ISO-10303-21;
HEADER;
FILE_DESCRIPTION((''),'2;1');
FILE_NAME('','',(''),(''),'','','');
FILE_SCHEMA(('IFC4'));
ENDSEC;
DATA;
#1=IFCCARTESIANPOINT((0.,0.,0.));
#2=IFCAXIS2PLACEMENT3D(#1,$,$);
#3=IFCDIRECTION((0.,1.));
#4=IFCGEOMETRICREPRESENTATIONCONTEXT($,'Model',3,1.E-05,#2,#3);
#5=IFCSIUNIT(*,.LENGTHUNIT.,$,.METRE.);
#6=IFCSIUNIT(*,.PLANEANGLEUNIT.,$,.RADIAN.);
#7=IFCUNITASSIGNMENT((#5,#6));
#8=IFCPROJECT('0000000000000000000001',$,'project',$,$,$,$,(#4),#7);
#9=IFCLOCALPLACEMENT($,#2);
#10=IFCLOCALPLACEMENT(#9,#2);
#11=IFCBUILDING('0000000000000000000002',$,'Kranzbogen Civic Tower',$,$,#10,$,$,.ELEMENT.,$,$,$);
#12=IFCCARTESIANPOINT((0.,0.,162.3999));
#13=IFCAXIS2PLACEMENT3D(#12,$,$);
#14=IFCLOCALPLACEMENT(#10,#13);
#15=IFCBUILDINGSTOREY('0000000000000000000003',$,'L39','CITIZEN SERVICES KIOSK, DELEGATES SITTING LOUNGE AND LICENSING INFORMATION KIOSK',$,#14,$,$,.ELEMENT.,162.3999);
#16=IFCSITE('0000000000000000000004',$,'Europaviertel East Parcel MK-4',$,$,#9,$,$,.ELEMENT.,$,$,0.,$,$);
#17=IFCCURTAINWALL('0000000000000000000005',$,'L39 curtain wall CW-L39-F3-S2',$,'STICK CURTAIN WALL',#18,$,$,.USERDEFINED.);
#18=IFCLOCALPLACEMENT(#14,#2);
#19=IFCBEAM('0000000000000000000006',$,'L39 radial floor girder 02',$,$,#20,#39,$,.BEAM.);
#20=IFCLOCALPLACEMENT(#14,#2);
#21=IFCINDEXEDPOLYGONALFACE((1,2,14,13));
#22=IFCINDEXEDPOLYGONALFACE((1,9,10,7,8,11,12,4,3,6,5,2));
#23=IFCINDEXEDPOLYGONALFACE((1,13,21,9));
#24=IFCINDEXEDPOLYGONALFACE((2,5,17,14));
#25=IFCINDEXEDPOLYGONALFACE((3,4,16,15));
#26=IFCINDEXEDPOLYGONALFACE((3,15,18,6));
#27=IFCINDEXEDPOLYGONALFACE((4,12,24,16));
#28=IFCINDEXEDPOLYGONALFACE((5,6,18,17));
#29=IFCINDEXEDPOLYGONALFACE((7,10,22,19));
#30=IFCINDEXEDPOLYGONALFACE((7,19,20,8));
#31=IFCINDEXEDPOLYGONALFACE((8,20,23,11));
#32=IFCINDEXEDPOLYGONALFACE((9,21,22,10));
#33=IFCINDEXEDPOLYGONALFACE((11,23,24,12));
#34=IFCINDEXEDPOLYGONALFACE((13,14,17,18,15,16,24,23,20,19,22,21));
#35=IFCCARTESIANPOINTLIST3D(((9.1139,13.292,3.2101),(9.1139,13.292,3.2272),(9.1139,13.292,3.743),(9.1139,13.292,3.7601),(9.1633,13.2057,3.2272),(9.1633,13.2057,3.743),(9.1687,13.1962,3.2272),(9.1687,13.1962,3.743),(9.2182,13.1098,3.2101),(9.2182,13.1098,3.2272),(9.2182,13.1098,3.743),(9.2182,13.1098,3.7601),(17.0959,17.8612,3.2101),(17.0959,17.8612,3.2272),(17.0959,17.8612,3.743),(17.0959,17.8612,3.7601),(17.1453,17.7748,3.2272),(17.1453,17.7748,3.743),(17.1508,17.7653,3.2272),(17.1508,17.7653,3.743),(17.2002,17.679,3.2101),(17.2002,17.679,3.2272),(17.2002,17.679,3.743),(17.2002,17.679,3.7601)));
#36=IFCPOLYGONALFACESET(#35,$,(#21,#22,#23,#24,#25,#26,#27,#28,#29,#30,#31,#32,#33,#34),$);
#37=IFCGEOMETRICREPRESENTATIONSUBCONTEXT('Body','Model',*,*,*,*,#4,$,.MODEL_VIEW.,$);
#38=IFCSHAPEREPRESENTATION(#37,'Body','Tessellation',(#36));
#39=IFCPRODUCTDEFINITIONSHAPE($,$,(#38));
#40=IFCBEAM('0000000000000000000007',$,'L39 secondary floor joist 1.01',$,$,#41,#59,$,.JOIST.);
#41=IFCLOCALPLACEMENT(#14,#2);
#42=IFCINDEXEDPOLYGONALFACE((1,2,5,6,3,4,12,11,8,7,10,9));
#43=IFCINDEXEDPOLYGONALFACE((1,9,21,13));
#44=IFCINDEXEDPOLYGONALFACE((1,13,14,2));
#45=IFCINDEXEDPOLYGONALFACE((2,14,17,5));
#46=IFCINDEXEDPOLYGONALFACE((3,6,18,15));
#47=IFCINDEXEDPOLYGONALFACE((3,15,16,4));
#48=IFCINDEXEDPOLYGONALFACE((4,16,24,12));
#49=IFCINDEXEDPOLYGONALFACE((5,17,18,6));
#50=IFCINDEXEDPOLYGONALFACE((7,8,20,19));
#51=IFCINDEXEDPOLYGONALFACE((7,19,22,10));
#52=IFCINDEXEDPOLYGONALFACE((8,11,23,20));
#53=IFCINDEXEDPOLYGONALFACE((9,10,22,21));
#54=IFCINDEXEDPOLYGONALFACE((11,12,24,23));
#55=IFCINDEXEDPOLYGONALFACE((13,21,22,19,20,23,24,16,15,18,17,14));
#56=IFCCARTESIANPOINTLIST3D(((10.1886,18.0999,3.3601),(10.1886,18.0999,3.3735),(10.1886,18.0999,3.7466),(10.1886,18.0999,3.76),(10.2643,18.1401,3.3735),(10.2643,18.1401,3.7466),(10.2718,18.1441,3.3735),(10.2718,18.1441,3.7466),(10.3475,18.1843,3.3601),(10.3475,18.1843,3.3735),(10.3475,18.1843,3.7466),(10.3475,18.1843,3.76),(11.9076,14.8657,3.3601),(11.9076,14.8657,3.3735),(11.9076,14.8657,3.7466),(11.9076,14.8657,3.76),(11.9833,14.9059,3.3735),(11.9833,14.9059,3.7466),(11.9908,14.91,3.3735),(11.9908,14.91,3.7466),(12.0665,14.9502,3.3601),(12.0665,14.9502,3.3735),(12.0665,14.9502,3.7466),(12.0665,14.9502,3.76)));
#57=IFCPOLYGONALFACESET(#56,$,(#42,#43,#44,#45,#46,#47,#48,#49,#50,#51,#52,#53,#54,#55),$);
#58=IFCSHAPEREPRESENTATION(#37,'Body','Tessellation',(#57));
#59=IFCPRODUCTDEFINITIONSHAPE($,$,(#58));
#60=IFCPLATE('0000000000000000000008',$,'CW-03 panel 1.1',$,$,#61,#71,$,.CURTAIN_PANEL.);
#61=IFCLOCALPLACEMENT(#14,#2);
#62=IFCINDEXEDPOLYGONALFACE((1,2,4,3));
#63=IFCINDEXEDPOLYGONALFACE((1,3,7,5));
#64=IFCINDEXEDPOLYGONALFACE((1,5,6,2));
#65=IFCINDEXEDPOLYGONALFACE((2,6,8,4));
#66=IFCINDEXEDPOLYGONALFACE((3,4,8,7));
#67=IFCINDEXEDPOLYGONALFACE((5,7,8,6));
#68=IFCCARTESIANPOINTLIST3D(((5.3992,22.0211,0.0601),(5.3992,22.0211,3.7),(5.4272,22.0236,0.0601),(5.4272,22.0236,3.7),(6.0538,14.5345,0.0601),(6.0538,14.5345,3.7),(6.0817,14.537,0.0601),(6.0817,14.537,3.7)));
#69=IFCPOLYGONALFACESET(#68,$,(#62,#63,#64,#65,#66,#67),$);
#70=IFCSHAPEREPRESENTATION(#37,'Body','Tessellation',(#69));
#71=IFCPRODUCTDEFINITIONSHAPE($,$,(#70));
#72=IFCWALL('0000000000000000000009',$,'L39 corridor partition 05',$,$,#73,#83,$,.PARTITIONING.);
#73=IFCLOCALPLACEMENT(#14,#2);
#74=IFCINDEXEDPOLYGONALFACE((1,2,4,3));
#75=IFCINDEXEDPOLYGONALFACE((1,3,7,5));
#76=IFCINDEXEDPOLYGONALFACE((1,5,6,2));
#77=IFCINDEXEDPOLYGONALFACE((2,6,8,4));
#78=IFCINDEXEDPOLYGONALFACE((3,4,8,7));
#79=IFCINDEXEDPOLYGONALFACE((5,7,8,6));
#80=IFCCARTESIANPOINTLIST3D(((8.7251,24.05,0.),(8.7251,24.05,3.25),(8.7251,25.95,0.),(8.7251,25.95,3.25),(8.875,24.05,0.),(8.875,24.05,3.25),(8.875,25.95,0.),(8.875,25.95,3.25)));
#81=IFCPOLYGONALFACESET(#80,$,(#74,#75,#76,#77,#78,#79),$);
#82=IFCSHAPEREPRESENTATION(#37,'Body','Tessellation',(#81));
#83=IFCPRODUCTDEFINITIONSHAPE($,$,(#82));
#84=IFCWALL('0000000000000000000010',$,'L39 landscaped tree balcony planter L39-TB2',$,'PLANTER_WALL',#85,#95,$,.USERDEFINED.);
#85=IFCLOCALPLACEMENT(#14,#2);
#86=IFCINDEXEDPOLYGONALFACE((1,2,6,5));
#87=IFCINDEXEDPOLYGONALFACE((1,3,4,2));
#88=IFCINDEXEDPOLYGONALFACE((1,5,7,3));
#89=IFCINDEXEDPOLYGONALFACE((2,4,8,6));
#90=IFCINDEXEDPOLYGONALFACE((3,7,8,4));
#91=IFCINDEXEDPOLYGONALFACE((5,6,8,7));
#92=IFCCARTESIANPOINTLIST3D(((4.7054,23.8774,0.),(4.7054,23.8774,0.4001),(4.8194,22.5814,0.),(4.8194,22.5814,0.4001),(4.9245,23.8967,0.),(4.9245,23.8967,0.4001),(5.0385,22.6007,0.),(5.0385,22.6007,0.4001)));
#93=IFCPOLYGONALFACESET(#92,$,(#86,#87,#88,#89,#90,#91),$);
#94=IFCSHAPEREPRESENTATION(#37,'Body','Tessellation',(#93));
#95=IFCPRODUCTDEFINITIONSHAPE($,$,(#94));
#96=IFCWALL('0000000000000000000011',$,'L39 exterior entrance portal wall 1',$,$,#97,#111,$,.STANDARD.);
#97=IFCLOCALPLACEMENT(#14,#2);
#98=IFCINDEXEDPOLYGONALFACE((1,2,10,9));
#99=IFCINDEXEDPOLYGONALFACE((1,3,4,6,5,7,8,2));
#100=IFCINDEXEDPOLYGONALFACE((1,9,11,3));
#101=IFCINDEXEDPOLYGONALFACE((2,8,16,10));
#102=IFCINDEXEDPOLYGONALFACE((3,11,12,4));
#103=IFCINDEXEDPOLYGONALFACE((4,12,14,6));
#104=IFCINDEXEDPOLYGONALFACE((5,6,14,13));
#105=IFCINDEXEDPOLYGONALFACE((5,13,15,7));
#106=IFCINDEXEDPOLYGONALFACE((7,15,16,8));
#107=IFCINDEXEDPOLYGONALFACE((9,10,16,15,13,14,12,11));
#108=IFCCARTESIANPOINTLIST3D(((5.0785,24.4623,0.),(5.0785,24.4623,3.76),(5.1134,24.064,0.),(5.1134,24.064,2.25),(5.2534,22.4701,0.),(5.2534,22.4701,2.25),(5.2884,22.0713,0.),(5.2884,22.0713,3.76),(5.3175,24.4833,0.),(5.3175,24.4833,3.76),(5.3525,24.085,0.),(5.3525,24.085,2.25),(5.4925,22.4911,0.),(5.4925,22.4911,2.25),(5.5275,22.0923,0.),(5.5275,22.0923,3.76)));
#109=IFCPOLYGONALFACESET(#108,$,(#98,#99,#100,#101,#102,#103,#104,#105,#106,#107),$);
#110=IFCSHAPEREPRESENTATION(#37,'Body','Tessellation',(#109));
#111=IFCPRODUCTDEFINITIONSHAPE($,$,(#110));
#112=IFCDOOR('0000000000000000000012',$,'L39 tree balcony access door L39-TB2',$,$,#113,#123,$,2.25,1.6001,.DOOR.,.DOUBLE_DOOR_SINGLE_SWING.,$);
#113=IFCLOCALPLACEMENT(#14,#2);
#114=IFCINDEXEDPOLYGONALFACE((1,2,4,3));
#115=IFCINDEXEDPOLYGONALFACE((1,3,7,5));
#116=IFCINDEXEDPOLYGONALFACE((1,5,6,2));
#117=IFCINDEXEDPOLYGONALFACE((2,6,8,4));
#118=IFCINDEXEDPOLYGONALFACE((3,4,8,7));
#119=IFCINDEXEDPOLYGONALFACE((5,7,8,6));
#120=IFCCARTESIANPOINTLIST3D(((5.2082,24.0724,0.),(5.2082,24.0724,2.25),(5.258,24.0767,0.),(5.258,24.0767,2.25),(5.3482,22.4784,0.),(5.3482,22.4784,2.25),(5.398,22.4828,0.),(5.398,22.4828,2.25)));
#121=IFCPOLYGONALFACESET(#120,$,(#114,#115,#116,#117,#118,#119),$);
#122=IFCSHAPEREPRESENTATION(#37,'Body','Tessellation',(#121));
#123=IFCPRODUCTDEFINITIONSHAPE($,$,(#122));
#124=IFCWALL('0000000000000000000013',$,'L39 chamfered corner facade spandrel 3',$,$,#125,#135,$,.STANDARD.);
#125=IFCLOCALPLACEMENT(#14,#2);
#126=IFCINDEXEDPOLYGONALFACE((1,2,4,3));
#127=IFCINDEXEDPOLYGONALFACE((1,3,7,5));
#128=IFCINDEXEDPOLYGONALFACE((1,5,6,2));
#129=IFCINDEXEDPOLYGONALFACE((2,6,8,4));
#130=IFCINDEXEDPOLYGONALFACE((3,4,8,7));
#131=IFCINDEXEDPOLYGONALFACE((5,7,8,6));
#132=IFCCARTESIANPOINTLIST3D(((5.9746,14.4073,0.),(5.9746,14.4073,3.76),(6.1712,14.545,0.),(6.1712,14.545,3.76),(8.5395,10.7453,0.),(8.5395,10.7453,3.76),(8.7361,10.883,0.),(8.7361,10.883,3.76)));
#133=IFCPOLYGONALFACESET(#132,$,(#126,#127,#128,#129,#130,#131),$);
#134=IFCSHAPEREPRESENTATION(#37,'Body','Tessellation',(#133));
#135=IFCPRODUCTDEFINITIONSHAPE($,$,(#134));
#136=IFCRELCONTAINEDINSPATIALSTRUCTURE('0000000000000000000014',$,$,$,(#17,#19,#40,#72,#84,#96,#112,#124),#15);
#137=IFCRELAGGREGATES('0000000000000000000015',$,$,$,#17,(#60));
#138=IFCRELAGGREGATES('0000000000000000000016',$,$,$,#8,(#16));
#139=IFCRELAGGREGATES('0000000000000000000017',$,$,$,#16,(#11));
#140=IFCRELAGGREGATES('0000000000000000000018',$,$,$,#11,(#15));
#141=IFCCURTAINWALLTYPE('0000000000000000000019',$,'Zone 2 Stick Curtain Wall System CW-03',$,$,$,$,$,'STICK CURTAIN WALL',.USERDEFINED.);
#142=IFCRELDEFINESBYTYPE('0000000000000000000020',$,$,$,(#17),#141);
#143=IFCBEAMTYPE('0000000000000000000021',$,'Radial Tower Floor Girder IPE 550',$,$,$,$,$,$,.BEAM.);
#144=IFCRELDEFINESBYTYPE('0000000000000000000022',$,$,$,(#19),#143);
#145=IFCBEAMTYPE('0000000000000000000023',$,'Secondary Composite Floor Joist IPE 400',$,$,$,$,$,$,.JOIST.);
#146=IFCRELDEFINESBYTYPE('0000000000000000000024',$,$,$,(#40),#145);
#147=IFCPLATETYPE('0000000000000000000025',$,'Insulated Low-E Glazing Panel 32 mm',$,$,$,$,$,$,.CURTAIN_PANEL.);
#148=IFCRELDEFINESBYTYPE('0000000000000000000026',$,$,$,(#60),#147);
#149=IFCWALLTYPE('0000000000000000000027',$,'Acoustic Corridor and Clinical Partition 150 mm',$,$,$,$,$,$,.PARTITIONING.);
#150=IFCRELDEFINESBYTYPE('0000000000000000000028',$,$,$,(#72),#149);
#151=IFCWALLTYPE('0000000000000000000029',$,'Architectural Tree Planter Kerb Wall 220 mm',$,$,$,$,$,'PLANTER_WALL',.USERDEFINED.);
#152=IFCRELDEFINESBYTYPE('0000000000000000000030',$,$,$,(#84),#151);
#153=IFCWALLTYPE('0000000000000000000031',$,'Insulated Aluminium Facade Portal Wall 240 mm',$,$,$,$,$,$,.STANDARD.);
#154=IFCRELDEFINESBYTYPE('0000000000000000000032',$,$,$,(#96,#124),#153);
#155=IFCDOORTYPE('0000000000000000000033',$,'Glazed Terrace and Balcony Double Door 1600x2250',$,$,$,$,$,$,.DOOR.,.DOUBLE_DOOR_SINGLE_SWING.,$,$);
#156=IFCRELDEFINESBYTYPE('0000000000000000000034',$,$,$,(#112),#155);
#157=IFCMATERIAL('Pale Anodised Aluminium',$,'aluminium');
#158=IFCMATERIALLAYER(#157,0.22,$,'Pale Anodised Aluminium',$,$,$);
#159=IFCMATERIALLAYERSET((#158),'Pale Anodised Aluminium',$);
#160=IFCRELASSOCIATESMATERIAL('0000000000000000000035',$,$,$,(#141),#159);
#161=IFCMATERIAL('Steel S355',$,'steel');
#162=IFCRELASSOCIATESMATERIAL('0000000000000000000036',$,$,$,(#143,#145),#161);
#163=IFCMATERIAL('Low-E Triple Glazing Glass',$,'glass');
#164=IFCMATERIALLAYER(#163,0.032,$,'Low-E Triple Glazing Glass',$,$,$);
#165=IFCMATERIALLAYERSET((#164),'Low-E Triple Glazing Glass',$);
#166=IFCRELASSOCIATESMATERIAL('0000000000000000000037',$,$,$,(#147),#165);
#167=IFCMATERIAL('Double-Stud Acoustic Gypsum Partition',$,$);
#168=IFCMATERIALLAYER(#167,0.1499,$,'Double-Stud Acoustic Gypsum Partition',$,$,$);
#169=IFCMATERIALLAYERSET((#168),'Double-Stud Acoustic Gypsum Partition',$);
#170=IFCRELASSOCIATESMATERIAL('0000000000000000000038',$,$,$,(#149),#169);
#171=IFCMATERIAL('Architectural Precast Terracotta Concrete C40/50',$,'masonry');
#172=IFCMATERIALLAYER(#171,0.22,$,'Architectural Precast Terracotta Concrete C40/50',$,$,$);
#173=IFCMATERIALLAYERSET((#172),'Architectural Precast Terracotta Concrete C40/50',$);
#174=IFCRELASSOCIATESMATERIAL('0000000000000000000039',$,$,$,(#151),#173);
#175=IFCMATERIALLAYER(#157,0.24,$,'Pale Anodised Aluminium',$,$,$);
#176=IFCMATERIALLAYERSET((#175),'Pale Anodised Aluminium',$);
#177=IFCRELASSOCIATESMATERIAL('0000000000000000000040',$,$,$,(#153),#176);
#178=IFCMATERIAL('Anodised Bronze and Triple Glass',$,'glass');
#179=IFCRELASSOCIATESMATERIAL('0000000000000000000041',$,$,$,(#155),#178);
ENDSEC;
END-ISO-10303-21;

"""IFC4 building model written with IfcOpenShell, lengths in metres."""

from ifc_helpers import new_model, si_unit, direction, frame, frame_2d, origin, origin_2d, place, context, subcontext, project, spatial, rectangle, i_section, extrude, material, layer, layer_set, material_profile, profile_set, type_object, element, fill, aggregate, save


model = new_model("IFC4")

# Units and contexts
model_context = context("Model", 3, precision=1e-05, world=origin(), true_north=direction((0.0, 1.0)))
body_context = subcontext(model_context, "Body", "Model", "MODEL_VIEW")
ifc_project = project(units=[si_unit("LENGTHUNIT", "METRE"), si_unit("PLANEANGLEUNIT", "RADIAN")], contexts=[model_context])

# Site, building, storey
site_placement = place(None, origin())
site = spatial("IfcSite", under=ifc_project, at=site_placement, Name="Europaviertel East Parcel MK-4", CompositionType="ELEMENT", RefElevation=0.0)
building_placement = place(site_placement, origin())
building = spatial("IfcBuilding", under=site, at=building_placement, Name="Kranzbogen Civic Tower", CompositionType="ELEMENT")
storey_placement = place(building_placement, frame((0.0, 0.0, 162.3999)))
storey = spatial("IfcBuildingStorey", under=building, at=storey_placement, Name="L39", Description="CITIZEN SERVICES KIOSK, DELEGATES SITTING LOUNGE AND LICENSING INFORMATION KIOSK", CompositionType="ELEMENT", Elevation=162.3999)

# Shared definitions
ifc_material_1 = material(Name="Steel S355", Category="steel")

# Shared definitions
ifc_material_2 = material(Name="Pale Anodised Aluminium", Category="aluminium")
ifc_layer_1 = layer(ifc_material_2, 0.22, Name="Pale Anodised Aluminium")
ifc_layer_set_1 = layer_set([ifc_layer_1], Name="Pale Anodised Aluminium")
curtain_wall_type = type_object("IfcCurtainWallType", Name="Zone 2 Stick Curtain Wall System CW-03", ElementType="STICK CURTAIN WALL", PredefinedType="USERDEFINED", material=ifc_layer_set_1)

# Curtain wall
curtain_wall_1_placement = place(storey_placement, origin())
curtain_wall_1 = element("IfcCurtainWall", 1, at=curtain_wall_1_placement, inside=storey, type_object=curtain_wall_type, Name="L39 curtain wall CW-L39-F3-S2", ObjectType="STICK CURTAIN WALL", PredefinedType="USERDEFINED")

# Beams
ifc_material_profile_1 = material_profile(ifc_material_1, i_section(OverallWidth=0.21, OverallDepth=0.55, WebThickness=0.011, FlangeThickness=0.0171, at=origin_2d()), Name="IPE 550")
ifc_profile_set_1 = profile_set([ifc_material_profile_1], Name="Steel S355")
beam_type_1 = type_object("IfcBeamType", Name="Radial Tower Floor Girder IPE 550", PredefinedType="BEAM", material=ifc_profile_set_1)
beam_1_placement = place(storey_placement, frame((9.166, 13.2009, 3.4851), z_axis=(0.867869, 0.496793, 0.0), x_axis=(-0.496793, 0.867869, 0.0)))
element("IfcBeam", 2, at=beam_1_placement, inside=storey, type_object=beam_type_1, Name="L39 radial floor girder 02", PredefinedType="BEAM", context=body_context, shape_type="SweptSolid", body=[
    extrude(i_section(OverallWidth=0.21, OverallDepth=0.55, WebThickness=0.011, FlangeThickness=0.0171, at=origin_2d()), origin(), (0.0, 0.0, 1.0), 9.1973),
])
ifc_material_profile_2 = material_profile(ifc_material_1, i_section(OverallWidth=0.1799, OverallDepth=0.3999, WebThickness=0.0085, FlangeThickness=0.0134, at=origin_2d()), Name="IPE 400")
ifc_profile_set_2 = profile_set([ifc_material_profile_2], Name="Steel S355")
beam_type_2 = type_object("IfcBeamType", Name="Secondary Composite Floor Joist IPE 400", PredefinedType="JOIST", material=ifc_profile_set_2)
beam_2_placement = place(storey_placement, frame((10.2681, 18.1421, 3.5601), z_axis=(0.469339, -0.883018, 0.0), x_axis=(0.883018, 0.469339, 0.0)))
element("IfcBeam", 3, at=beam_2_placement, inside=storey, type_object=beam_type_2, Name="L39 secondary floor joist 1.01", PredefinedType="JOIST", context=body_context, shape_type="SweptSolid", body=[
    extrude(i_section(OverallWidth=0.1799, OverallDepth=0.3999, WebThickness=0.0085, FlangeThickness=0.0134, at=origin_2d()), origin(), (0.0, 0.0, 1.0), 3.6626),
])

# Plate
ifc_material_3 = material(Name="Low-E Triple Glazing Glass", Category="glass")
ifc_layer_2 = layer(ifc_material_3, 0.032, Name="Low-E Triple Glazing Glass")
ifc_layer_set_2 = layer_set([ifc_layer_2], Name="Low-E Triple Glazing Glass")
plate_type = type_object("IfcPlateType", Name="Insulated Low-E Glazing Panel 32 mm", PredefinedType="CURTAIN_PANEL", material=ifc_layer_set_2)
plate_placement = place(storey_placement, frame((5.7405, 18.2791, 0.0601), z_axis=(0.0, 0.0, 1.0), x_axis=(0.087099, -0.9962, 0.0)))
plate = element("IfcPlate", 4, at=plate_placement, type_object=plate_type, Name="CW-03 panel 1.1", PredefinedType="CURTAIN_PANEL", context=body_context, shape_type="SweptSolid", body=[
    extrude(rectangle(XDim=7.5151, YDim=0.0281, at=origin_2d()), origin(), (0.0, 0.0, 1.0), 3.6399),
])
aggregate(curtain_wall_1, [plate])

# Walls
ifc_material_4 = material(Name="Double-Stud Acoustic Gypsum Partition")
ifc_layer_3 = layer(ifc_material_4, 0.1499, Name="Double-Stud Acoustic Gypsum Partition")
ifc_layer_set_3 = layer_set([ifc_layer_3], Name="Double-Stud Acoustic Gypsum Partition")
wall_type_1 = type_object("IfcWallType", Name="Acoustic Corridor and Clinical Partition 150 mm", PredefinedType="PARTITIONING", material=ifc_layer_set_3)
wall_1_placement = place(storey_placement, frame((8.8, 24.05, 0.0), z_axis=(0.0, 0.0, 1.0), x_axis=(0.0, 1.0, 0.0)))
element("IfcWall", 5, at=wall_1_placement, inside=storey, type_object=wall_type_1, Name="L39 corridor partition 05", PredefinedType="PARTITIONING", context=body_context, shape_type="SweptSolid", body=[
    extrude(rectangle(XDim=1.8999, YDim=0.1499, at=frame_2d((0.95, 0.0))), origin(), (0.0, 0.0, 1.0), 3.25),
])
ifc_material_5 = material(Name="Architectural Precast Terracotta Concrete C40/50", Category="masonry")
ifc_layer_4 = layer(ifc_material_5, 0.22, Name="Architectural Precast Terracotta Concrete C40/50")
ifc_layer_set_4 = layer_set([ifc_layer_4], Name="Architectural Precast Terracotta Concrete C40/50")
wall_type_2 = type_object("IfcWallType", Name="Architectural Tree Planter Kerb Wall 220 mm", ElementType="PLANTER_WALL", PredefinedType="USERDEFINED", material=ifc_layer_set_4)
wall_2_placement = place(storey_placement, frame((4.8149, 23.887, 0.0), z_axis=(0.0, 0.0, 1.0), x_axis=(0.087642, -0.996152, 0.0)))
element("IfcWall", 6, at=wall_2_placement, inside=storey, type_object=wall_type_2, Name="L39 landscaped tree balcony planter L39-TB2", ObjectType="PLANTER_WALL", PredefinedType="USERDEFINED", context=body_context, shape_type="SweptSolid", body=[
    extrude(rectangle(XDim=1.301, YDim=0.22, at=frame_2d((0.6504, 0.0))), origin(), (0.0, 0.0, 1.0), 0.4001),
])

# Wall, opening, door
ifc_layer_5 = layer(ifc_material_2, 0.24, Name="Pale Anodised Aluminium")
ifc_layer_set_5 = layer_set([ifc_layer_5], Name="Pale Anodised Aluminium")
wall_type_3 = type_object("IfcWallType", Name="Insulated Aluminium Facade Portal Wall 240 mm", PredefinedType="STANDARD", material=ifc_layer_set_5)
wall_3_placement = place(storey_placement, frame((5.198, 24.4729, 0.0), z_axis=(0.0, 0.0, 1.0), x_axis=(0.087481, -0.996166, 0.0)))
wall_3 = element("IfcWall", 7, at=wall_3_placement, inside=storey, type_object=wall_type_3, Name="L39 exterior entrance portal wall 1", PredefinedType="STANDARD", context=body_context, shape_type="SweptSolid", body=[
    extrude(rectangle(XDim=2.4001, YDim=0.24, at=frame_2d((1.2002, 0.0))), origin(), (0.0, 0.0, 1.0), 3.76),
])
opening_placement = place(wall_3_placement, frame((0.3999, 0.0, 0.0)))
opening = element("IfcOpeningElement", 8, at=opening_placement, cuts=wall_3, PredefinedType="OPENING", context=body_context, shape_type="SweptSolid", body=[
    extrude(rectangle(XDim=1.6001, YDim=2.25, at=frame_2d((0.8, 1.125))), frame((0.0, 0.1299, 0.0), z_axis=(0.0, -1.0, 0.0), x_axis=(1.0, 0.0, 0.0)), (0.0, 0.0, 1.0), 0.26),
])
ifc_material_6 = material(Name="Anodised Bronze and Triple Glass", Category="glass")
door_type = type_object("IfcDoorType", Name="Glazed Terrace and Balcony Double Door 1600x2250", OperationType="DOUBLE_DOOR_SINGLE_SWING", PredefinedType="DOOR", material=ifc_material_6)
door_placement = place(opening_placement, frame((1.6001, 0.0, 0.0), z_axis=(0.0, 0.0, 1.0), x_axis=(-1.0, 0.0, 0.0)))
door = element("IfcDoor", 9, at=door_placement, inside=storey, type_object=door_type, Name="L39 tree balcony access door L39-TB2", OperationType="DOUBLE_DOOR_SINGLE_SWING", OverallHeight=2.25, OverallWidth=1.6001, PredefinedType="DOOR", context=body_context, shape_type="SweptSolid", body=[
    extrude(rectangle(XDim=1.6001, YDim=2.25, at=frame_2d((0.8, 1.125))), frame((0.0, 0.0249, 0.0), z_axis=(0.0, -1.0, 0.0), x_axis=(1.0, 0.0, 0.0)), (0.0, 0.0, 1.0), 0.05),
])
fill(opening, door)

# Wall
wall_4_placement = place(storey_placement, frame((6.073, 14.4761, 0.0), z_axis=(0.0, 0.0, 1.0), x_axis=(0.573682, -0.819078, 0.0)))
element("IfcWall", 10, at=wall_4_placement, inside=storey, type_object=wall_type_3, Name="L39 chamfered corner facade spandrel 3", PredefinedType="STANDARD", context=body_context, shape_type="SweptSolid", body=[
    extrude(rectangle(XDim=4.4709, YDim=0.24, at=frame_2d((2.2354, 0.0))), origin(), (0.0, 0.0, 1.0), 3.76),
])

save(model, "model.ifc")
